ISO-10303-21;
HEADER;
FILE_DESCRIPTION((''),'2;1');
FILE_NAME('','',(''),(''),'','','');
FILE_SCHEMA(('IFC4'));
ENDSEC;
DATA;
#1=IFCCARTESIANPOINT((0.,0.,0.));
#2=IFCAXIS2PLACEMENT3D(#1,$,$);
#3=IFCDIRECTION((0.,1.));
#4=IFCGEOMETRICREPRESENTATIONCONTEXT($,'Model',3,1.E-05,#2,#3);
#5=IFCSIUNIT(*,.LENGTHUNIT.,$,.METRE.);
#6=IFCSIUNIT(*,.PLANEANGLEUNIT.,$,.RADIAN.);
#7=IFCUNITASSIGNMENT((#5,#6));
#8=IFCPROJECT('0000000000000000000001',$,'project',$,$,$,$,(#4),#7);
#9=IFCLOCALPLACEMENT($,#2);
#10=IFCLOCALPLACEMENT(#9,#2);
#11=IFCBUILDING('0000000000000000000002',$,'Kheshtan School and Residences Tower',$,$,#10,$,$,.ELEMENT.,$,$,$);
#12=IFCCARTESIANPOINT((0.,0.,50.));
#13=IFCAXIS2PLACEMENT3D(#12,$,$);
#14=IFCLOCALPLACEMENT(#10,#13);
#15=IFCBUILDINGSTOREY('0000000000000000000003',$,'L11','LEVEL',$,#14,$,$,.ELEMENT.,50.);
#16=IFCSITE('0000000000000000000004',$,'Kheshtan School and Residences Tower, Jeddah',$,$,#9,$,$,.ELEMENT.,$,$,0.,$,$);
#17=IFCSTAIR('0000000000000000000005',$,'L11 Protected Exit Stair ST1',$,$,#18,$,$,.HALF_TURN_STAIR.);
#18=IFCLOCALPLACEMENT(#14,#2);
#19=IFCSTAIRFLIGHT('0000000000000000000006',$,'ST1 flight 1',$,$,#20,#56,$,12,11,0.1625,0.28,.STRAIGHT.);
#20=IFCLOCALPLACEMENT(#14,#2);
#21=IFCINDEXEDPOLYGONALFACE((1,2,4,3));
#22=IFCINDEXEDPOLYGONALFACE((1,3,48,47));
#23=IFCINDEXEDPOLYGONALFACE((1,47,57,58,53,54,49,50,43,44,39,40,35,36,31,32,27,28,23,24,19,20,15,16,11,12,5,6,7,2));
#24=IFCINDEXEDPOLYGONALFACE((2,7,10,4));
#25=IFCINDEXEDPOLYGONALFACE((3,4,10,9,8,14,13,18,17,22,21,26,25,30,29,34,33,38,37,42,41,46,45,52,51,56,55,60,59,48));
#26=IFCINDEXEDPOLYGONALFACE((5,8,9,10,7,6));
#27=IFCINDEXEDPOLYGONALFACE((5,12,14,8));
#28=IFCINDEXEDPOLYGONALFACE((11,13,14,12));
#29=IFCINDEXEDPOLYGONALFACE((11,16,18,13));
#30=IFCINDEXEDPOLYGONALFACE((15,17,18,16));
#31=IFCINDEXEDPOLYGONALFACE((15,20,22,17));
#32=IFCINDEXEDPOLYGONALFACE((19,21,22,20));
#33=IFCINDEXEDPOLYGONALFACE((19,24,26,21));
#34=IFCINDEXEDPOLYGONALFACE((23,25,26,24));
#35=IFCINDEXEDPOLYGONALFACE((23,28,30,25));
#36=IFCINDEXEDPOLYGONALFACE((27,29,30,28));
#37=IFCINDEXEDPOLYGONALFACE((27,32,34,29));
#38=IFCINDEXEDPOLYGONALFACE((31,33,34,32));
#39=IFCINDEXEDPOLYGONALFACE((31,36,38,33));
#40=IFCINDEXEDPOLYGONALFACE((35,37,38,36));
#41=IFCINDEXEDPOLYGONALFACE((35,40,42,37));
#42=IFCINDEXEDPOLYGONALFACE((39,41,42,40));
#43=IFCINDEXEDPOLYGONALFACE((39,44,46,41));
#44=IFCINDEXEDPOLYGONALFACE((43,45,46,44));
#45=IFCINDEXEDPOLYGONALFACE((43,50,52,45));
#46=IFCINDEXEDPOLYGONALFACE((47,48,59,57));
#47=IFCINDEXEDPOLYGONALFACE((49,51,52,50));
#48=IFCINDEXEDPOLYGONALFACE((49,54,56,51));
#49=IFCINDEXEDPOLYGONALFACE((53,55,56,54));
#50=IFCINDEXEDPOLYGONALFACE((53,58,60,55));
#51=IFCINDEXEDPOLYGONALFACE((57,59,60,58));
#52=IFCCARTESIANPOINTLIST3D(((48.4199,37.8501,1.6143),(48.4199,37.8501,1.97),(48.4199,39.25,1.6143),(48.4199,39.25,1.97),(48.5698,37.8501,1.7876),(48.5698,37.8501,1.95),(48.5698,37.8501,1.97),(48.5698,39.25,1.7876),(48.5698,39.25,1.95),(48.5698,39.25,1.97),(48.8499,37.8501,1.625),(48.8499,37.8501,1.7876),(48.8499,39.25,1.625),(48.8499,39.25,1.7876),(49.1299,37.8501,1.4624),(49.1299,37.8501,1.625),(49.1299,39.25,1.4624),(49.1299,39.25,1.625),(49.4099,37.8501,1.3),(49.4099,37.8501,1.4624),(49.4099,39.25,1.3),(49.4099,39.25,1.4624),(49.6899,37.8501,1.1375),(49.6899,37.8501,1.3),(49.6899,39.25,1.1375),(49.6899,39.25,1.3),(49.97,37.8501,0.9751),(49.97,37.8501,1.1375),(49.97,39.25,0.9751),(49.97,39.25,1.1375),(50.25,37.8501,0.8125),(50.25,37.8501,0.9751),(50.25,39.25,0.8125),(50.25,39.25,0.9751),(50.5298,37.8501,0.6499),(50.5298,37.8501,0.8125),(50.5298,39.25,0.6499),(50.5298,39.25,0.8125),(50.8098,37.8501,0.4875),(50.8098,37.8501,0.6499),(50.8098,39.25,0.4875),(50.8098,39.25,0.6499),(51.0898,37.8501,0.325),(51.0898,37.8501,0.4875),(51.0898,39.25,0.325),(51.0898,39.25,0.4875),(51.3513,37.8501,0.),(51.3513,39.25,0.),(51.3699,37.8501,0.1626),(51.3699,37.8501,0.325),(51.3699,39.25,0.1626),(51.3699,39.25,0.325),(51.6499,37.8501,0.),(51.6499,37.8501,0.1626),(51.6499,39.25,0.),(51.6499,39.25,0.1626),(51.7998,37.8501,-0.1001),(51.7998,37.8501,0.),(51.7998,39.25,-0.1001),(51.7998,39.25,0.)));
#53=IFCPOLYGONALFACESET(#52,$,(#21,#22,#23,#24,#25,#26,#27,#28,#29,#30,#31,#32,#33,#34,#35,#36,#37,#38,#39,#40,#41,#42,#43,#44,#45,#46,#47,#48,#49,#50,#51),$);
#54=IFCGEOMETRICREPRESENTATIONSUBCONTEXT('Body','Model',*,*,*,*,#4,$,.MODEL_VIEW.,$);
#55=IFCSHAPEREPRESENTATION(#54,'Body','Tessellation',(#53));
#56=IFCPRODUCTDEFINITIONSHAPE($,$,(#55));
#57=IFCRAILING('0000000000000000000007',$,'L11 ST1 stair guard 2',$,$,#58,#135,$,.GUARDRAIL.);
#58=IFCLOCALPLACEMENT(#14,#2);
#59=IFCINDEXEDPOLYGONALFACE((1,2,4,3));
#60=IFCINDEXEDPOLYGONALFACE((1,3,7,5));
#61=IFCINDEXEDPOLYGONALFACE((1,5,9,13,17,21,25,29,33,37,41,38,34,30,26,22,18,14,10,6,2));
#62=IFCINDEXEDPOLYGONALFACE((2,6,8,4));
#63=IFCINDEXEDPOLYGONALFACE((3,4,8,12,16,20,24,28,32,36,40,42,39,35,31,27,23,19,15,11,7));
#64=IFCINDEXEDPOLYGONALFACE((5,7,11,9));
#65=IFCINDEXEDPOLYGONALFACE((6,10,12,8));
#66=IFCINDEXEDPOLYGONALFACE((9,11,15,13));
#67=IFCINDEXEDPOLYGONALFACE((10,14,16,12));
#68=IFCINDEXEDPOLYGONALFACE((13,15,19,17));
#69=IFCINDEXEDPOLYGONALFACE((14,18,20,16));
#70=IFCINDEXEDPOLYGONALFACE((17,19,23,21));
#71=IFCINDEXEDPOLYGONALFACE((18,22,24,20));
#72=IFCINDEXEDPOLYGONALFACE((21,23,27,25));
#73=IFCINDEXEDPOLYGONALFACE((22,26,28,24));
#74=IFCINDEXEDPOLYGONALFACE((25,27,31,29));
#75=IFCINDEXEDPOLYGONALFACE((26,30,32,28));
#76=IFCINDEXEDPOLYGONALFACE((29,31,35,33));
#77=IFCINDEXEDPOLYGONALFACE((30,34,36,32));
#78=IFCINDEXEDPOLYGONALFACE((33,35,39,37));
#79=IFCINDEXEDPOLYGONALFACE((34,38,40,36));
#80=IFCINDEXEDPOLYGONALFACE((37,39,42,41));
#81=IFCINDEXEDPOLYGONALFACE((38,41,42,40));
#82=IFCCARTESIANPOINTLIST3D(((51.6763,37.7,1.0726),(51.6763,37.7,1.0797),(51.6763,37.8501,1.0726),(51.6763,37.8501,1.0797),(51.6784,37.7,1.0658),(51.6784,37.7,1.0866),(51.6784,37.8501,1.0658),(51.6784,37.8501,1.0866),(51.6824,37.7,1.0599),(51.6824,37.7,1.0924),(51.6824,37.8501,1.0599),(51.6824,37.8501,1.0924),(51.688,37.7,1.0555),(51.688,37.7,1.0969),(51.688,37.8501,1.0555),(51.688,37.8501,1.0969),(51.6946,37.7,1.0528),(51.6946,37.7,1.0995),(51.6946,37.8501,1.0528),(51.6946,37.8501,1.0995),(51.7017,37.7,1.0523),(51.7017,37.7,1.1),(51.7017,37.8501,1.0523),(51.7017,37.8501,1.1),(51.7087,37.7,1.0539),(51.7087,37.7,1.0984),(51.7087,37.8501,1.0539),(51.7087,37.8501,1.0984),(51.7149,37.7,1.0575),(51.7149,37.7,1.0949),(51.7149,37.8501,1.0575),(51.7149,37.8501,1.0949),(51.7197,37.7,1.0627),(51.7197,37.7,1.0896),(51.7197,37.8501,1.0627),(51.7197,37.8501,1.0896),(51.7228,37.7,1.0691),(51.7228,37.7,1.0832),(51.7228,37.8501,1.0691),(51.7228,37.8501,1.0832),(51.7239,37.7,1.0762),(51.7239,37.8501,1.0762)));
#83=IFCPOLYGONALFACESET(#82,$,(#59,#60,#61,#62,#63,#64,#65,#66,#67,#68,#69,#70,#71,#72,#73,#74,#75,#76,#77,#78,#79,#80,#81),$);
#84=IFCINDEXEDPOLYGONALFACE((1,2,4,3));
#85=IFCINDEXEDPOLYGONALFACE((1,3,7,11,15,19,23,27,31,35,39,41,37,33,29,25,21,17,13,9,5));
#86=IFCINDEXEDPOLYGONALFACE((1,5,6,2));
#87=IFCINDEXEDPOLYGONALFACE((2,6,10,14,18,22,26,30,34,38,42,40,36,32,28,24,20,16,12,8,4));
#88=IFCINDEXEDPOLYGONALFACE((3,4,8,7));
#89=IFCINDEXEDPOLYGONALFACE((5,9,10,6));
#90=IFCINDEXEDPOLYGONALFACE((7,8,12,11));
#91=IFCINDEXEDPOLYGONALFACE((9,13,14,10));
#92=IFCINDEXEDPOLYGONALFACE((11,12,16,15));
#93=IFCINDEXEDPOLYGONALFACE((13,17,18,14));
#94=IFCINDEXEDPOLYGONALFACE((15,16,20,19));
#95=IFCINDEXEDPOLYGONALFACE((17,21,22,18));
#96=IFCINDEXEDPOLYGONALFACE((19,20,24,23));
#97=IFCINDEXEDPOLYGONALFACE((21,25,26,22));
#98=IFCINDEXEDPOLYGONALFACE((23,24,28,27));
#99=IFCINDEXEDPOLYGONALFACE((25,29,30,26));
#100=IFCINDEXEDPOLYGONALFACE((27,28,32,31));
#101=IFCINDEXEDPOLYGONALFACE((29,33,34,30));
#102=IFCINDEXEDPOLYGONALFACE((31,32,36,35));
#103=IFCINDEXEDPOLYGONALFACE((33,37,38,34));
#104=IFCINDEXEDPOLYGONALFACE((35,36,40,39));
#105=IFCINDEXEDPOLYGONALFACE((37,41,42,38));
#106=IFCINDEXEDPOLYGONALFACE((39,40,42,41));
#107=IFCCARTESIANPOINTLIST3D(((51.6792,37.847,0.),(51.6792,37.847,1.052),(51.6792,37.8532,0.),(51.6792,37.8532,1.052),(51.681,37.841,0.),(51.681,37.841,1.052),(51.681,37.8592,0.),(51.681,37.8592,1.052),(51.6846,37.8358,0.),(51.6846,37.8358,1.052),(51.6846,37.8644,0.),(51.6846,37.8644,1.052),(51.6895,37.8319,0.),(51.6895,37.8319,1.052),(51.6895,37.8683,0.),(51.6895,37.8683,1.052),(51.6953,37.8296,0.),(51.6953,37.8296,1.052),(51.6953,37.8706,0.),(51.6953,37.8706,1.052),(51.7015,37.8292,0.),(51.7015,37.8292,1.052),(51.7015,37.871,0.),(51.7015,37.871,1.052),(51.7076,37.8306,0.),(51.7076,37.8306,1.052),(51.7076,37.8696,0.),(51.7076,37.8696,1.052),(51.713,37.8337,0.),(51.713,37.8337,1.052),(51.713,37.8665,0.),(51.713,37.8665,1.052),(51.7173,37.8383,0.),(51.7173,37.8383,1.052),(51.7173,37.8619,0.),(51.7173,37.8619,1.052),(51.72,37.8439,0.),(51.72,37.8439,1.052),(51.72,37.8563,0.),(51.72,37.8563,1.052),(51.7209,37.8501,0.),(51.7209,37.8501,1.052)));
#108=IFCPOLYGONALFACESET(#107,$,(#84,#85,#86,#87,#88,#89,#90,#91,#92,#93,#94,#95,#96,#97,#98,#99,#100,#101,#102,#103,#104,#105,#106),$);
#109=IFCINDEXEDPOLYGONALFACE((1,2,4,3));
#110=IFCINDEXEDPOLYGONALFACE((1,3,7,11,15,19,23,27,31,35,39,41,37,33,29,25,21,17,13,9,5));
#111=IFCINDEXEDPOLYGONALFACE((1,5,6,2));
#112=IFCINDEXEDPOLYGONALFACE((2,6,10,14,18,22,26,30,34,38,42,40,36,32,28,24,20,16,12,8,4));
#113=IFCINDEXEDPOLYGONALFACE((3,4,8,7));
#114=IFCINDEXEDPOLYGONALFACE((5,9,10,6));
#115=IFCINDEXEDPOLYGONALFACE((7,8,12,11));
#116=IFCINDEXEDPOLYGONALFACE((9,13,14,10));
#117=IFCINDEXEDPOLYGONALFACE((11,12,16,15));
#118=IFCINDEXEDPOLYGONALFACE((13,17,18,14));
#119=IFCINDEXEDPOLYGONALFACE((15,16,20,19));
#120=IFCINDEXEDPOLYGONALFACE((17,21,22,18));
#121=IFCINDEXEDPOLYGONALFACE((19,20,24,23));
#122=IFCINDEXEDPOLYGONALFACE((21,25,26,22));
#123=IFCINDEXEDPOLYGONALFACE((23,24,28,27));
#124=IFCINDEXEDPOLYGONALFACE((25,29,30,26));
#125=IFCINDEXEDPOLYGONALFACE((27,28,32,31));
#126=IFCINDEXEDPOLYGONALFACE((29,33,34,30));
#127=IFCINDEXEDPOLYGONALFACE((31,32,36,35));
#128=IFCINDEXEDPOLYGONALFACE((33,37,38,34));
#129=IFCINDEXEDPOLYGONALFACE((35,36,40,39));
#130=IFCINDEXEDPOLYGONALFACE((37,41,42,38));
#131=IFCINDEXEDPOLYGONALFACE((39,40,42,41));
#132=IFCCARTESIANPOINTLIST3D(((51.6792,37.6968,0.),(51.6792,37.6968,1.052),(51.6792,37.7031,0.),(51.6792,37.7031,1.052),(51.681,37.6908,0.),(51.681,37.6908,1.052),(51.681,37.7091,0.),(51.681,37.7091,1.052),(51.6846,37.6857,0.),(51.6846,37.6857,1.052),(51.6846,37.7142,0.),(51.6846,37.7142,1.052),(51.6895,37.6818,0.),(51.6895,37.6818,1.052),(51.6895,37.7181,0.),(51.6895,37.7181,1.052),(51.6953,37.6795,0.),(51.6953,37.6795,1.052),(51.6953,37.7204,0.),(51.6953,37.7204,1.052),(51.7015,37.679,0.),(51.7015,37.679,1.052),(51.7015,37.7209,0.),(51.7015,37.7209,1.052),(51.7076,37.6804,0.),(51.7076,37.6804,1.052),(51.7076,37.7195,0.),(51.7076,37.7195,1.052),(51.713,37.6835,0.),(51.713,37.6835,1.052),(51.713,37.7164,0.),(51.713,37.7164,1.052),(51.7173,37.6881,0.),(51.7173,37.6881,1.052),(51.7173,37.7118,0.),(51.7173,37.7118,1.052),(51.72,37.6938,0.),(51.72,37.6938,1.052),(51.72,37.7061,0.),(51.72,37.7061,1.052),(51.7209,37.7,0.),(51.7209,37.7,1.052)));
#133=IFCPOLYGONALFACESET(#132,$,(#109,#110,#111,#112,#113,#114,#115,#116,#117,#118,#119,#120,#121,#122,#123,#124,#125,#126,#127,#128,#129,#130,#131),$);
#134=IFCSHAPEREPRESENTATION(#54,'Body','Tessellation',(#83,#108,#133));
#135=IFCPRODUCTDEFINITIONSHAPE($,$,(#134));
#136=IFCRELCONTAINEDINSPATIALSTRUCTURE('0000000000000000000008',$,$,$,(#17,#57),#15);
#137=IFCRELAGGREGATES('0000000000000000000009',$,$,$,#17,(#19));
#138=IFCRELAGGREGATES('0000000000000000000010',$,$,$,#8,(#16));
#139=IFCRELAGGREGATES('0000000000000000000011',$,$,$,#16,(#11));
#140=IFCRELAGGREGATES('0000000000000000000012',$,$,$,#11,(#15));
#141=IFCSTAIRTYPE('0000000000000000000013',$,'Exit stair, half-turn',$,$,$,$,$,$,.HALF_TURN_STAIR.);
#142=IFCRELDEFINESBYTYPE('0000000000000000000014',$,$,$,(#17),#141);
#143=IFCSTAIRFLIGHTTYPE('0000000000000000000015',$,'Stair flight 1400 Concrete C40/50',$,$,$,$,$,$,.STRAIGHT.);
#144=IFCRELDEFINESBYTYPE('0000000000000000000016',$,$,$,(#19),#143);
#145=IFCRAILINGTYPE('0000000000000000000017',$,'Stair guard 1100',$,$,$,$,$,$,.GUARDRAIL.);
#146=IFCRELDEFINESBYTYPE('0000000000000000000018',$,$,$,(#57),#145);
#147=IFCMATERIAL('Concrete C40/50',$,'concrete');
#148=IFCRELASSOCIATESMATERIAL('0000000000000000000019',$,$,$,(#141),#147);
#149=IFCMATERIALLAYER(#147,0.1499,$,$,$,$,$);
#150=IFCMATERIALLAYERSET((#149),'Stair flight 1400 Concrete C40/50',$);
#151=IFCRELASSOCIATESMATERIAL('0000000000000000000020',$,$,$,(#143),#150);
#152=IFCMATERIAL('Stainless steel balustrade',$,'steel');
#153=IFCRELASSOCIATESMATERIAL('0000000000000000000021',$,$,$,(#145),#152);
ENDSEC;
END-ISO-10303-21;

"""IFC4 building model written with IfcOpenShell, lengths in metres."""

from ifc_helpers import new_model, si_unit, direction, frame, origin, origin_2d, place, context, subcontext, project, spatial, polyline, circle, outline, extrude, material, layer, layer_set, type_object, element, aggregate, save


model = new_model("IFC4")

# Units and contexts
model_context = context("Model", 3, precision=1e-05, world=origin(), true_north=direction((0.0, 1.0)))
body_context = subcontext(model_context, "Body", "Model", "MODEL_VIEW")
ifc_project = project(units=[si_unit("LENGTHUNIT", "METRE"), si_unit("PLANEANGLEUNIT", "RADIAN")], contexts=[model_context])

# Site, building, storey
site_placement = place(None, origin())
site = spatial("IfcSite", under=ifc_project, at=site_placement, Name="Kheshtan School and Residences Tower, Jeddah", CompositionType="ELEMENT", RefElevation=0.0)
building_placement = place(site_placement, origin())
building = spatial("IfcBuilding", under=site, at=building_placement, Name="Kheshtan School and Residences Tower", CompositionType="ELEMENT")
storey_placement = place(building_placement, frame((0.0, 0.0, 50.0)))
storey = spatial("IfcBuildingStorey", under=building, at=storey_placement, Name="L11", Description="LEVEL", CompositionType="ELEMENT", Elevation=50.0)

# Shared definitions
ifc_material_1 = material(Name="Concrete C40/50", Category="concrete")

# Stair, stair flight
stair_type = type_object("IfcStairType", Name="Exit stair, half-turn", PredefinedType="HALF_TURN_STAIR", material=ifc_material_1)
stair_placement = place(storey_placement, origin())
stair = element("IfcStair", 1, at=stair_placement, inside=storey, type_object=stair_type, Name="L11 Protected Exit Stair ST1", PredefinedType="HALF_TURN_STAIR")
ifc_layer_1 = layer(ifc_material_1, 0.1499)
ifc_layer_set_1 = layer_set([ifc_layer_1], Name="Stair flight 1400 Concrete C40/50")
stair_flight_type = type_object("IfcStairFlightType", Name="Stair flight 1400 Concrete C40/50", PredefinedType="STRAIGHT", material=ifc_layer_set_1)
stair_flight_placement = place(storey_placement, frame((51.6499, 38.55, 0.0), z_axis=(0.0, 0.0, 1.0), x_axis=(-1.0, 0.0, 0.0)))
stair_flight = element("IfcStairFlight", 2, at=stair_flight_placement, type_object=stair_flight_type, Name="ST1 flight 1", NumberOfRisers=12, NumberOfTreads=11, PredefinedType="STRAIGHT", RiserHeight=0.1625, TreadLength=0.28, context=body_context, shape_type="SweptSolid", body=[
    extrude(outline(polyline([(-0.1499, -0.1001), (-0.1499, 0.0), (0.0, 0.0), (0.0, 0.1626), (0.28, 0.1626), (0.28, 0.325), (0.5601, 0.325), (0.5601, 0.4875), (0.8401, 0.4875), (0.8401, 0.6499), (1.1201, 0.6499), (1.1201, 0.8125), (1.3999, 0.8125), (1.3999, 0.9751), (1.6799, 0.9751), (1.6799, 1.1375), (1.96, 1.1375), (1.96, 1.3), (2.24, 1.3), (2.24, 1.4624), (2.52, 1.4624), (2.52, 1.625), (2.8, 1.625), (2.8, 1.7876), (3.0801, 1.7876), (3.0801, 1.95), (3.0801, 1.97), (3.23, 1.97), (3.23, 1.6143), (0.2986, 0.0), (-0.1499, -0.1001)])), frame((0.0, 0.7, 0.0), z_axis=(0.0, -1.0, 0.0), x_axis=(1.0, 0.0, 0.0)), (0.0, 0.0, 1.0), 1.3999),
])
aggregate(stair, [stair_flight])

# Railing
ifc_material_2 = material(Name="Stainless steel balustrade", Category="steel")
railing_type_1 = type_object("IfcRailingType", Name="Stair guard 1100", PredefinedType="GUARDRAIL", material=ifc_material_2)
railing_1_placement = place(storey_placement, frame((51.7, 37.8501, 0.0)))
element("IfcRailing", 3, at=railing_1_placement, inside=storey, type_object=railing_type_1, Name="L11 ST1 stair guard 2", PredefinedType="GUARDRAIL", context=body_context, shape_type="SweptSolid", body=[
    extrude(circle(Radius=0.0239, at=origin_2d()), frame((0.0, 0.0, 1.0762), z_axis=(0.0, -1.0, 0.0), x_axis=(1.0, 0.0, 0.0)), (0.0, 0.0, 1.0), 0.1501),
    extrude(circle(Radius=0.021, at=origin_2d()), origin(), (0.0, 0.0, 1.0), 1.052),
    extrude(circle(Radius=0.021, at=origin_2d()), frame((0.0, -0.1501, 0.0)), (0.0, 0.0, 1.0), 1.052),
])

save(model, "model.ifc")
